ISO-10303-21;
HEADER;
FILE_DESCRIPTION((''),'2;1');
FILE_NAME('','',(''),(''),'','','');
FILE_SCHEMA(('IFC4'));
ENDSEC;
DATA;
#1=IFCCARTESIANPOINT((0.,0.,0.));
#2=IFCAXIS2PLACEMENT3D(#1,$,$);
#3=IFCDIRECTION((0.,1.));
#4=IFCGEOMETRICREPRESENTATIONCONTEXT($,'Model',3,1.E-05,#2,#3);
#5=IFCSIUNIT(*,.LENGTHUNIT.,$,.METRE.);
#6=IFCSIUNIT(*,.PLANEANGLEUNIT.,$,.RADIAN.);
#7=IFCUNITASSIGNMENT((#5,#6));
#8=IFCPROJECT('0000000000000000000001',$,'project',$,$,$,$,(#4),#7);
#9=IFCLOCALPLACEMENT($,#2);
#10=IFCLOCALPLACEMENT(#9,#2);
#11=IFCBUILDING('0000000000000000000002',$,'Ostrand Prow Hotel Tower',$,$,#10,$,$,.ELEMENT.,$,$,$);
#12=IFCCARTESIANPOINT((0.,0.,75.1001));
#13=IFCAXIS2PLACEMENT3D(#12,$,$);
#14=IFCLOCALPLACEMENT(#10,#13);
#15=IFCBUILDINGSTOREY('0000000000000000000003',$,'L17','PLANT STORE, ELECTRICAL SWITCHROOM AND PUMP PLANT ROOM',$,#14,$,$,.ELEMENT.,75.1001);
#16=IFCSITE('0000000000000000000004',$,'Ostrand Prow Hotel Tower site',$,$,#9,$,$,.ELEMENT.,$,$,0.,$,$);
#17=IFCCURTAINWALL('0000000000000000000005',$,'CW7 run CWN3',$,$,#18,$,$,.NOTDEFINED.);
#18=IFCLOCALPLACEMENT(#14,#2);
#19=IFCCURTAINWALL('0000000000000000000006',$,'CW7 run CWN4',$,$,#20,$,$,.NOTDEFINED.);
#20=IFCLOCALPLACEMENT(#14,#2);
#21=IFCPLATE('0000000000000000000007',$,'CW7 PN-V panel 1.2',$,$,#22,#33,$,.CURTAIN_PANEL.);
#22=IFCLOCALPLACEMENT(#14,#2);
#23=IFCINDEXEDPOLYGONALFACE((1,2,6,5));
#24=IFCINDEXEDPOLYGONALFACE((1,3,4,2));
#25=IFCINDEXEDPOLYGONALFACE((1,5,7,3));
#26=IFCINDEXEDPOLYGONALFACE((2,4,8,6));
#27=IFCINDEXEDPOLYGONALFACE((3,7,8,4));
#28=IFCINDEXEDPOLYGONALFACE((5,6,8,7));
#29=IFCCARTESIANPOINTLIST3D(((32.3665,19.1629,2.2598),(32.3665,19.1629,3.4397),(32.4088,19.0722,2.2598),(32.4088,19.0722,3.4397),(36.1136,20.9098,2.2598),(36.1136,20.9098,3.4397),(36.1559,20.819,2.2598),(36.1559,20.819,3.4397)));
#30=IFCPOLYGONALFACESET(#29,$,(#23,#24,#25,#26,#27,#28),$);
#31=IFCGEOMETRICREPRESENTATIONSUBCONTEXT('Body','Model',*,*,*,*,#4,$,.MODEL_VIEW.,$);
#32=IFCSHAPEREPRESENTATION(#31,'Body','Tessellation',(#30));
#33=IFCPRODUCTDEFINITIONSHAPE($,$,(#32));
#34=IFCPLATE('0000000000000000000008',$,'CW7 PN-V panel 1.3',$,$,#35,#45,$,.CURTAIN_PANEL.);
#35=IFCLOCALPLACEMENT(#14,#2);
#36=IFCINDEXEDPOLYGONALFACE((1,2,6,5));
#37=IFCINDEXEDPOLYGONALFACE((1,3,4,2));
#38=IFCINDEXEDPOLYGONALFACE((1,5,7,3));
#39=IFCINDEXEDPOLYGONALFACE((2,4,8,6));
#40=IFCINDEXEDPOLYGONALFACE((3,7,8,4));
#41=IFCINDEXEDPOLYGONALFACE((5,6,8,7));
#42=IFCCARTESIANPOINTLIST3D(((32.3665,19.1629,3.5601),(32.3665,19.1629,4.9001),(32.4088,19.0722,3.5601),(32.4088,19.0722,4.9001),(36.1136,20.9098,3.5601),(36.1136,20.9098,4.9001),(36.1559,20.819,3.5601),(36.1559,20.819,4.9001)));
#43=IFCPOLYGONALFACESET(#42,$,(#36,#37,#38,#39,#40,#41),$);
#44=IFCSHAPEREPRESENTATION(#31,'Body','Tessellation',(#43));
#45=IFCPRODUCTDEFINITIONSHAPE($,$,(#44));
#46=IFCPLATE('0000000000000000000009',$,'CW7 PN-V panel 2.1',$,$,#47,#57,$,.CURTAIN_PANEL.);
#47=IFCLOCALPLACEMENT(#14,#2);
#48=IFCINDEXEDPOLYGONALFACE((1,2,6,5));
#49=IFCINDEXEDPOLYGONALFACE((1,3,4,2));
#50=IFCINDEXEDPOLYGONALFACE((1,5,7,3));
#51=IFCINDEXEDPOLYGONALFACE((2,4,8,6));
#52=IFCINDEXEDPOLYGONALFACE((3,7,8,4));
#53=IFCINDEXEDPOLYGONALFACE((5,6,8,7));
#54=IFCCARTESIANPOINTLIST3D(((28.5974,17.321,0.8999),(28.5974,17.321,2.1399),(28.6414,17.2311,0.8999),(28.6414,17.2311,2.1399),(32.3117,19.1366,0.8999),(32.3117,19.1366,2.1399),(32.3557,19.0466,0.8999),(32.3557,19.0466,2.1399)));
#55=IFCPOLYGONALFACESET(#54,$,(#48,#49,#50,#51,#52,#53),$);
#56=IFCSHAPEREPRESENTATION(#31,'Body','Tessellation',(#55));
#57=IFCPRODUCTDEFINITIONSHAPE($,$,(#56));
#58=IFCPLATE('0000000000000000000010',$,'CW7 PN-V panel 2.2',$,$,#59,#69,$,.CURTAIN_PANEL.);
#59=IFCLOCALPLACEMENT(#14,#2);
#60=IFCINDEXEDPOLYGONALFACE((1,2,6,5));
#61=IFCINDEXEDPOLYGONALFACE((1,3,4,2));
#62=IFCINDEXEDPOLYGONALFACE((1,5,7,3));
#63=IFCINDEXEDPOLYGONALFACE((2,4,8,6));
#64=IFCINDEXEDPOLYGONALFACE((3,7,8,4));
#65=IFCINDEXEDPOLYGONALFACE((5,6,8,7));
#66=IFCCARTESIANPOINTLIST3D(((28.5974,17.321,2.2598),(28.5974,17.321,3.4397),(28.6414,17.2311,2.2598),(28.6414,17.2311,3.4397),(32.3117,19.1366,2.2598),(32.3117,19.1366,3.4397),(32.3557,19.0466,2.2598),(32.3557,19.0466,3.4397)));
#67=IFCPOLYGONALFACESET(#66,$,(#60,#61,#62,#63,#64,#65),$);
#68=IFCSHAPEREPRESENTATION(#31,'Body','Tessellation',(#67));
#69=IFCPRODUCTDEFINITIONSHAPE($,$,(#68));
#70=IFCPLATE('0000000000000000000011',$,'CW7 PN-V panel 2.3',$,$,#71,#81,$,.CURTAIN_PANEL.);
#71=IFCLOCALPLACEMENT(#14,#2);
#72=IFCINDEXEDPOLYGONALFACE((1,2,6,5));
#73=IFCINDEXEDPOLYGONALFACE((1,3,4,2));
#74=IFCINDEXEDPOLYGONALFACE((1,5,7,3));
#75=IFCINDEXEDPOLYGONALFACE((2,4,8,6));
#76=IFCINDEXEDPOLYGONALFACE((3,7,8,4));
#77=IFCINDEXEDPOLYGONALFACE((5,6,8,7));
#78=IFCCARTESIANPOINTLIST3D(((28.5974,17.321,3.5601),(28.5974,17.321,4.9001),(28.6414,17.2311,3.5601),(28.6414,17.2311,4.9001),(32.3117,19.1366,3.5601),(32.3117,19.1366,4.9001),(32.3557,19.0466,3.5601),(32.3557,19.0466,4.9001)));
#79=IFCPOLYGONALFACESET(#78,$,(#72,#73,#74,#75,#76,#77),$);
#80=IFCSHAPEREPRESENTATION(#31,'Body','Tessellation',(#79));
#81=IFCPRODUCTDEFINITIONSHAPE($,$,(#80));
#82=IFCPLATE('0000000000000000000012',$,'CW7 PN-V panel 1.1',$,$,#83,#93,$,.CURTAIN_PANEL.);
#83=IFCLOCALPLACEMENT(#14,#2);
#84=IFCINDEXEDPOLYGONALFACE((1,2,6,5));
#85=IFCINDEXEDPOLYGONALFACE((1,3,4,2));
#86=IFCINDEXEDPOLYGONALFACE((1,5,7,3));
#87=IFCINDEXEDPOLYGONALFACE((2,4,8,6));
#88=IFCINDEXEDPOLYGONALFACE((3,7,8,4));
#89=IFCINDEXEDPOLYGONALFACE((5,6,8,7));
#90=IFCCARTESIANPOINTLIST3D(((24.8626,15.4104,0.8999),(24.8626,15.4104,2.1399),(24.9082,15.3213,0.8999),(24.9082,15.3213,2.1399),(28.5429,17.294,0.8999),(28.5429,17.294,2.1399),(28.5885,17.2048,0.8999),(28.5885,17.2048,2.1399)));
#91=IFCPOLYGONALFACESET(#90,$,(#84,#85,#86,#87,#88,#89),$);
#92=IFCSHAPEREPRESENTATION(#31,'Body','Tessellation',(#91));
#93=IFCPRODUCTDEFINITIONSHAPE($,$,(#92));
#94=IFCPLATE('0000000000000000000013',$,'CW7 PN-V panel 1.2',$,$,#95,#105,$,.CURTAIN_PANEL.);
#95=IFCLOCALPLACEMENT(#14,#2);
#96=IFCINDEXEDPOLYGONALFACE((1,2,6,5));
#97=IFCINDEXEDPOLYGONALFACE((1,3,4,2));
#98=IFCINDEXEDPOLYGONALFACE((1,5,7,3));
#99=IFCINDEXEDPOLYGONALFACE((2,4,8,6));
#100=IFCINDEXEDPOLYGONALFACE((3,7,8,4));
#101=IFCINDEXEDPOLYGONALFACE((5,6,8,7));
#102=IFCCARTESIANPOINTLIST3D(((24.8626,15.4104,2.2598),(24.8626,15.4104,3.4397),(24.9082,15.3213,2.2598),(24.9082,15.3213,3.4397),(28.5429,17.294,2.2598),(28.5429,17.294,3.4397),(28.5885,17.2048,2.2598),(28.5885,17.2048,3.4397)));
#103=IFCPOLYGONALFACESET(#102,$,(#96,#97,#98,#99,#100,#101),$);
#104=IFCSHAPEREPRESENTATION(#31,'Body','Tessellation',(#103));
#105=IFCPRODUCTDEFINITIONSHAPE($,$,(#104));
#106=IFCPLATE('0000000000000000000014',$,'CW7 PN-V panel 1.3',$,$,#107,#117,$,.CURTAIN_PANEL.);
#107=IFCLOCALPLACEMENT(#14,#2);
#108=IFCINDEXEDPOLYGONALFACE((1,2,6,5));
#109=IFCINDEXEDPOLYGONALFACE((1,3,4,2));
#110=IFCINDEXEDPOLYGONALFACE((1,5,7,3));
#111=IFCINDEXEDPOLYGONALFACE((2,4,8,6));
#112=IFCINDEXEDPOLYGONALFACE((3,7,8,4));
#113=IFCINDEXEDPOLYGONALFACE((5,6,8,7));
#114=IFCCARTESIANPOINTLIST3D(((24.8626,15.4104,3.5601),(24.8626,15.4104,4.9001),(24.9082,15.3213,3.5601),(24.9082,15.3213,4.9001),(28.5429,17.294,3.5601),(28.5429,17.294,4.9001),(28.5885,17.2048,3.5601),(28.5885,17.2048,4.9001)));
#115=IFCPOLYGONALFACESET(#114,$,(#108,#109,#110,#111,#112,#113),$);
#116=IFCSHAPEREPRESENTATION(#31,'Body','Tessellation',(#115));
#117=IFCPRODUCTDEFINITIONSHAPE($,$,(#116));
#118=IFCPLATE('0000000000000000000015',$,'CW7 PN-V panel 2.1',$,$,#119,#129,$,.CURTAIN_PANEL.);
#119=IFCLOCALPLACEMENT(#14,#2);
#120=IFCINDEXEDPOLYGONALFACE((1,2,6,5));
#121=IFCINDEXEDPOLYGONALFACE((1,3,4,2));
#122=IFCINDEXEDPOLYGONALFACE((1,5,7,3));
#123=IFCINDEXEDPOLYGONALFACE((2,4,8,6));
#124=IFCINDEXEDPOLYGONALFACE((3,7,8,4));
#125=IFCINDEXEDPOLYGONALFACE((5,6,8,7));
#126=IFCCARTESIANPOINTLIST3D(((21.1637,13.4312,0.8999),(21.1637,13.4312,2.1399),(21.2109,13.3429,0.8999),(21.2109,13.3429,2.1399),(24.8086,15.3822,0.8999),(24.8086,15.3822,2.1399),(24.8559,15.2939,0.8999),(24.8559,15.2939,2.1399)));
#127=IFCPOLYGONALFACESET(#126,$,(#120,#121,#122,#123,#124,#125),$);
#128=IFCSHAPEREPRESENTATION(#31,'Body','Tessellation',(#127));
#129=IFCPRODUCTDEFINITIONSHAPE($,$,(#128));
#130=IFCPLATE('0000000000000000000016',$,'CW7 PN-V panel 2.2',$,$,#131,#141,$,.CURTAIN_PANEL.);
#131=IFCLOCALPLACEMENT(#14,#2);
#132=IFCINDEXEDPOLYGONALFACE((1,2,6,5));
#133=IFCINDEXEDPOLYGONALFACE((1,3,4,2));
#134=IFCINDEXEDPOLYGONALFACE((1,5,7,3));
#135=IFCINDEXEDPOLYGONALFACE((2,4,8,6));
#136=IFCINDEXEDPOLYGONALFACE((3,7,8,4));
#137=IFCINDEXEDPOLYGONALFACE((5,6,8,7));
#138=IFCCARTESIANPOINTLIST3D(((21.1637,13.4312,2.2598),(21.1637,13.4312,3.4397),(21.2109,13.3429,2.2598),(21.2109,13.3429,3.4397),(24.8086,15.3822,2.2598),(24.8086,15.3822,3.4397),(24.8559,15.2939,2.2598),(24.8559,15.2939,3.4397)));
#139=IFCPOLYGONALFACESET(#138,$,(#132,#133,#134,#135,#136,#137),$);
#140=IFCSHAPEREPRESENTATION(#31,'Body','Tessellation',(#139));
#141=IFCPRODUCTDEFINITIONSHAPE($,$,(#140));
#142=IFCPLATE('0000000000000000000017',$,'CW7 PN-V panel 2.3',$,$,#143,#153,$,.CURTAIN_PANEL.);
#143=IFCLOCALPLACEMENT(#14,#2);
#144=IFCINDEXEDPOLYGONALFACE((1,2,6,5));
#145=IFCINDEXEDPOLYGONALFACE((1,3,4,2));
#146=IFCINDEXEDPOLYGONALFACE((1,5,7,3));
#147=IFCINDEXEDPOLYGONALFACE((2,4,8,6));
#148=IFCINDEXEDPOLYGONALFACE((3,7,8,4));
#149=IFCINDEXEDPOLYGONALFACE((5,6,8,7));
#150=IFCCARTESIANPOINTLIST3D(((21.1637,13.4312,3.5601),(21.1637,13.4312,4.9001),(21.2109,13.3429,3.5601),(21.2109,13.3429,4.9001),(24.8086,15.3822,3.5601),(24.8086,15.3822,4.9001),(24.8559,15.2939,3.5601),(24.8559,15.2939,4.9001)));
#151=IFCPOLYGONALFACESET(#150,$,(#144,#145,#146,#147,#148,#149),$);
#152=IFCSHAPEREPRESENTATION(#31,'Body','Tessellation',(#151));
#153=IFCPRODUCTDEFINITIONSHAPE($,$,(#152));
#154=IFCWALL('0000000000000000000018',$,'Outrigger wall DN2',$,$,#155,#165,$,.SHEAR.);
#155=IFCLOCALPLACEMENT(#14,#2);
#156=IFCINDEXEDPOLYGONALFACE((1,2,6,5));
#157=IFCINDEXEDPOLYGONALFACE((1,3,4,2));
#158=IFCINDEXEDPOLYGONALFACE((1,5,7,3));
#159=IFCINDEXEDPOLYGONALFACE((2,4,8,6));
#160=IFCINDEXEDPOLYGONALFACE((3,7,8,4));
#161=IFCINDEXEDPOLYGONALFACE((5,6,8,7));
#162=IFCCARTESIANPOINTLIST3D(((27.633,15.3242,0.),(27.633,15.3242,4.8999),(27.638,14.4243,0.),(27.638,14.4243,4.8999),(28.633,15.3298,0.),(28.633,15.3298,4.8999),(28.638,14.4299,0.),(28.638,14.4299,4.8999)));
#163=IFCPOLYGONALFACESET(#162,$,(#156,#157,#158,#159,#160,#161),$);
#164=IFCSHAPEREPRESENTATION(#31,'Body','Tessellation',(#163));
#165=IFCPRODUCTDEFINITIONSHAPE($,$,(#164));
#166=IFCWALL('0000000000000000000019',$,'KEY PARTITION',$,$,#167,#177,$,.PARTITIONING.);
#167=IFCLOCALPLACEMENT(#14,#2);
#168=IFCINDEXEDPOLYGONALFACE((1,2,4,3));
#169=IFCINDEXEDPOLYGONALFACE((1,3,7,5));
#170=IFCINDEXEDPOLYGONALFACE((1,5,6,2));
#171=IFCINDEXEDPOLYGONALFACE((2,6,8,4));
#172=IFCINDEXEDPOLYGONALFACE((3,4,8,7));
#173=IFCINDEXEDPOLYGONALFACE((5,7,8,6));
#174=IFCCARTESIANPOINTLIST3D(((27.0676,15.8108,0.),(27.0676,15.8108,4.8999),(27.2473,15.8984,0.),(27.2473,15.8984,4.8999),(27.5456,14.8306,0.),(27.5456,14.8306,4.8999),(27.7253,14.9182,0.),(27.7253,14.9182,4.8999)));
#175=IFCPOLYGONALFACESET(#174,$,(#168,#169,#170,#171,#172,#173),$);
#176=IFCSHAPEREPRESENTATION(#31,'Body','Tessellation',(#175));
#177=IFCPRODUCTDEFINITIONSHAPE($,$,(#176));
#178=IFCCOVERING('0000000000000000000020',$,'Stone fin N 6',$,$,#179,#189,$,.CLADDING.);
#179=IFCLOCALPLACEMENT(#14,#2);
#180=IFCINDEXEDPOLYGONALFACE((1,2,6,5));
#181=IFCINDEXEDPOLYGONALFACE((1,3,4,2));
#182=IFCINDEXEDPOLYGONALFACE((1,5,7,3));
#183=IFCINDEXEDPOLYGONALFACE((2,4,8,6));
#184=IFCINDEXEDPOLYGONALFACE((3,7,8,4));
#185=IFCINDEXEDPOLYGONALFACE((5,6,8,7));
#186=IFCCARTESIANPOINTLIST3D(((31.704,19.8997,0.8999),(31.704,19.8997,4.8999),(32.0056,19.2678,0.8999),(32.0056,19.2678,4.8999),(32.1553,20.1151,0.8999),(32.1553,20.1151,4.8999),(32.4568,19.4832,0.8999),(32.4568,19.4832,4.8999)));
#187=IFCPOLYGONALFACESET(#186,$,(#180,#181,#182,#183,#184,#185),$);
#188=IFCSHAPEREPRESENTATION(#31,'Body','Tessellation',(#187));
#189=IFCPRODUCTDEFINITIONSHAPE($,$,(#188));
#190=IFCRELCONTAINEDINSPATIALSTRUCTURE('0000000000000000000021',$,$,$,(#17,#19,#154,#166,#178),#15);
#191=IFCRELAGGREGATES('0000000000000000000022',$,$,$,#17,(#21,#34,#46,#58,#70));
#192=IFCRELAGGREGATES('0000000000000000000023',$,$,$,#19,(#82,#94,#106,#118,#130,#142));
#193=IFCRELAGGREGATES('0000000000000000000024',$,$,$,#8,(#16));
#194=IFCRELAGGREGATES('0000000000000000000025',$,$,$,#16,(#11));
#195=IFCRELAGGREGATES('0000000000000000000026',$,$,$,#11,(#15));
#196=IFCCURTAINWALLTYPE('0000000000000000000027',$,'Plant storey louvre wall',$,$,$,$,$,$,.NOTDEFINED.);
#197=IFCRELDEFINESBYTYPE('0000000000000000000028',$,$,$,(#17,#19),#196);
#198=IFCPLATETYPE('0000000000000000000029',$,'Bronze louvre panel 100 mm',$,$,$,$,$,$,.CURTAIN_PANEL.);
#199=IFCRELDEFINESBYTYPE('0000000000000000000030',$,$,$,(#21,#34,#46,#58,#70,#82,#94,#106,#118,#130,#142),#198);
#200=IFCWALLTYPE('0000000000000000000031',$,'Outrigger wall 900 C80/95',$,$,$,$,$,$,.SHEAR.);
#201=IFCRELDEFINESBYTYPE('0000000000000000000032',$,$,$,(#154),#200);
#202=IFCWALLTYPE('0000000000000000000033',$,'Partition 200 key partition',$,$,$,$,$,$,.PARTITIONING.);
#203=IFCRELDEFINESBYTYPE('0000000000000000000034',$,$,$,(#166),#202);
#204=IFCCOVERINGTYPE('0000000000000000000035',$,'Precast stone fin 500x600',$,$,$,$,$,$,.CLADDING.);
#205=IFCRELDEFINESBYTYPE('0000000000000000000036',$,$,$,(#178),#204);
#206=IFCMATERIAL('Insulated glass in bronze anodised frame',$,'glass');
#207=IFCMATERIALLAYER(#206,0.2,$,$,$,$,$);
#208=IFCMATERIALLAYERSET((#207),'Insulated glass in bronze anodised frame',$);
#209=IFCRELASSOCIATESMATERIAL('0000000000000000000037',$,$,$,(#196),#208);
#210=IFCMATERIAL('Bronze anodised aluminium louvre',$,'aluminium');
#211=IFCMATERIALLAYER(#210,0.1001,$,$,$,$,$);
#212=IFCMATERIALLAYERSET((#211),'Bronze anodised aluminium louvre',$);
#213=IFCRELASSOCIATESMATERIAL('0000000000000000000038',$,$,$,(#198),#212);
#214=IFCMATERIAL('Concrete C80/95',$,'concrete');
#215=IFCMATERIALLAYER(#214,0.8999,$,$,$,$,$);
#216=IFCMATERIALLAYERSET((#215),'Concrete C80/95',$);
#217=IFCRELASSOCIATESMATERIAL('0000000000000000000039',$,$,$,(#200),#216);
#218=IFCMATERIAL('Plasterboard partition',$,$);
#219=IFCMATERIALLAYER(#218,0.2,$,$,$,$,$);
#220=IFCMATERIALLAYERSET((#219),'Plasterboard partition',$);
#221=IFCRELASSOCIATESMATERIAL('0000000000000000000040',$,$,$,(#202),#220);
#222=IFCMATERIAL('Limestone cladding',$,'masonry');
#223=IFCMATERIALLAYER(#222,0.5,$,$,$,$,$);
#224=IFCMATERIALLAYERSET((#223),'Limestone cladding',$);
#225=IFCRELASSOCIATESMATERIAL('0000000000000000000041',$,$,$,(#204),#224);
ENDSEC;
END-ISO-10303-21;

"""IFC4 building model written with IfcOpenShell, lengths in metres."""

from ifc_helpers import new_model, si_unit, direction, frame, frame_2d, origin, origin_2d, place, context, subcontext, project, spatial, rectangle, extrude, material, layer, layer_set, type_object, element, aggregate, save


model = new_model("IFC4")

# Units and contexts
model_context = context("Model", 3, precision=1e-05, world=origin(), true_north=direction((0.0, 1.0)))
body_context = subcontext(model_context, "Body", "Model", "MODEL_VIEW")
ifc_project = project(units=[si_unit("LENGTHUNIT", "METRE"), si_unit("PLANEANGLEUNIT", "RADIAN")], contexts=[model_context])

# Site, building, storey
site_placement = place(None, origin())
site = spatial("IfcSite", under=ifc_project, at=site_placement, Name="Ostrand Prow Hotel Tower site", CompositionType="ELEMENT", RefElevation=0.0)
building_placement = place(site_placement, origin())
building = spatial("IfcBuilding", under=site, at=building_placement, Name="Ostrand Prow Hotel Tower", CompositionType="ELEMENT")
storey_placement = place(building_placement, frame((0.0, 0.0, 75.1001)))
storey = spatial("IfcBuildingStorey", under=building, at=storey_placement, Name="L17", Description="PLANT STORE, ELECTRICAL SWITCHROOM AND PUMP PLANT ROOM", CompositionType="ELEMENT", Elevation=75.1001)

# Curtain wall
ifc_material_1 = material(Name="Insulated glass in bronze anodised frame", Category="glass")
ifc_layer_1 = layer(ifc_material_1, 0.2)
ifc_layer_set_1 = layer_set([ifc_layer_1], Name="Insulated glass in bronze anodised frame")
curtain_wall_type = type_object("IfcCurtainWallType", Name="Plant storey louvre wall", PredefinedType="NOTDEFINED", material=ifc_layer_set_1)
curtain_wall_1_placement = place(storey_placement, origin())
curtain_wall_1 = element("IfcCurtainWall", 1, at=curtain_wall_1_placement, inside=storey, type_object=curtain_wall_type, Name="CW7 run CWN3", PredefinedType="NOTDEFINED")

# Curtain wall
curtain_wall_2_placement = place(storey_placement, origin())
curtain_wall_2 = element("IfcCurtainWall", 2, at=curtain_wall_2_placement, inside=storey, type_object=curtain_wall_type, Name="CW7 run CWN4", PredefinedType="NOTDEFINED")

# Plates
ifc_material_2 = material(Name="Bronze anodised aluminium louvre", Category="aluminium")
ifc_layer_2 = layer(ifc_material_2, 0.1001)
ifc_layer_set_2 = layer_set([ifc_layer_2], Name="Bronze anodised aluminium louvre")
plate_type = type_object("IfcPlateType", Name="Bronze louvre panel 100 mm", PredefinedType="CURTAIN_PANEL", material=ifc_layer_set_2)
plate_1_placement = place(storey_placement, frame((34.2612, 19.991, 2.2598), z_axis=(0.0, 0.0, 1.0), x_axis=(-0.906349, -0.42253, 0.0)))
plate_1 = element("IfcPlate", 3, at=plate_1_placement, type_object=plate_type, Name="CW7 PN-V panel 1.2", PredefinedType="CURTAIN_PANEL", context=body_context, shape_type="SweptSolid", body=[
    extrude(rectangle(XDim=4.1343, YDim=0.1001, at=origin_2d()), origin(), (0.0, 0.0, 1.0), 1.1799),
])
plate_2_placement = place(storey_placement, frame((34.2612, 19.991, 3.5601), z_axis=(0.0, 0.0, 1.0), x_axis=(-0.906349, -0.42253, 0.0)))
plate_2 = element("IfcPlate", 4, at=plate_2_placement, type_object=plate_type, Name="CW7 PN-V panel 1.3", PredefinedType="CURTAIN_PANEL", context=body_context, shape_type="SweptSolid", body=[
    extrude(rectangle(XDim=4.1343, YDim=0.1001, at=origin_2d()), origin(), (0.0, 0.0, 1.0), 1.3401),
])
plate_3_placement = place(storey_placement, frame((30.4766, 18.1838, 0.8999), z_axis=(0.0, 0.0, 1.0), x_axis=(-0.89842, -0.439138, 0.0)))
plate_3 = element("IfcPlate", 5, at=plate_3_placement, type_object=plate_type, Name="CW7 PN-V panel 2.1", PredefinedType="CURTAIN_PANEL", context=body_context, shape_type="SweptSolid", body=[
    extrude(rectangle(XDim=4.1343, YDim=0.1001, at=origin_2d()), origin(), (0.0, 0.0, 1.0), 1.24),
])
plate_4_placement = place(storey_placement, frame((30.4766, 18.1838, 2.2598), z_axis=(0.0, 0.0, 1.0), x_axis=(-0.89842, -0.439138, 0.0)))
plate_4 = element("IfcPlate", 6, at=plate_4_placement, type_object=plate_type, Name="CW7 PN-V panel 2.2", PredefinedType="CURTAIN_PANEL", context=body_context, shape_type="SweptSolid", body=[
    extrude(rectangle(XDim=4.1343, YDim=0.1001, at=origin_2d()), origin(), (0.0, 0.0, 1.0), 1.1799),
])
plate_5_placement = place(storey_placement, frame((30.4766, 18.1838, 3.5601), z_axis=(0.0, 0.0, 1.0), x_axis=(-0.89842, -0.439138, 0.0)))
plate_5 = element("IfcPlate", 7, at=plate_5_placement, type_object=plate_type, Name="CW7 PN-V panel 2.3", PredefinedType="CURTAIN_PANEL", context=body_context, shape_type="SweptSolid", body=[
    extrude(rectangle(XDim=4.1343, YDim=0.1001, at=origin_2d()), origin(), (0.0, 0.0, 1.0), 1.3401),
])
aggregate(curtain_wall_1, [plate_1, plate_2, plate_3, plate_4, plate_5])
plate_6_placement = place(storey_placement, frame((26.7256, 16.3076, 0.8999), z_axis=(0.0, 0.0, 1.0), x_axis=(-0.890187, -0.455596, 0.0)))
plate_6 = element("IfcPlate", 8, at=plate_6_placement, type_object=plate_type, Name="CW7 PN-V panel 1.1", PredefinedType="CURTAIN_PANEL", context=body_context, shape_type="SweptSolid", body=[
    extrude(rectangle(XDim=4.1343, YDim=0.1001, at=origin_2d()), origin(), (0.0, 0.0, 1.0), 1.24),
])
plate_7_placement = place(storey_placement, frame((26.7256, 16.3076, 2.2598), z_axis=(0.0, 0.0, 1.0), x_axis=(-0.890187, -0.455596, 0.0)))
plate_7 = element("IfcPlate", 9, at=plate_7_placement, type_object=plate_type, Name="CW7 PN-V panel 1.2", PredefinedType="CURTAIN_PANEL", context=body_context, shape_type="SweptSolid", body=[
    extrude(rectangle(XDim=4.1343, YDim=0.1001, at=origin_2d()), origin(), (0.0, 0.0, 1.0), 1.1799),
])
plate_8_placement = place(storey_placement, frame((26.7256, 16.3076, 3.5601), z_axis=(0.0, 0.0, 1.0), x_axis=(-0.890187, -0.455596, 0.0)))
plate_8 = element("IfcPlate", 10, at=plate_8_placement, type_object=plate_type, Name="CW7 PN-V panel 1.3", PredefinedType="CURTAIN_PANEL", context=body_context, shape_type="SweptSolid", body=[
    extrude(rectangle(XDim=4.1343, YDim=0.1001, at=origin_2d()), origin(), (0.0, 0.0, 1.0), 1.3401),
])
plate_9_placement = place(storey_placement, frame((23.0098, 14.3625, 0.8999), z_axis=(0.0, 0.0, 1.0), x_axis=(-0.881652, -0.4719, 0.0)))
plate_9 = element("IfcPlate", 11, at=plate_9_placement, type_object=plate_type, Name="CW7 PN-V panel 2.1", PredefinedType="CURTAIN_PANEL", context=body_context, shape_type="SweptSolid", body=[
    extrude(rectangle(XDim=4.1343, YDim=0.1001, at=origin_2d()), origin(), (0.0, 0.0, 1.0), 1.24),
])
plate_10_placement = place(storey_placement, frame((23.0098, 14.3625, 2.2598), z_axis=(0.0, 0.0, 1.0), x_axis=(-0.881652, -0.4719, 0.0)))
plate_10 = element("IfcPlate", 12, at=plate_10_placement, type_object=plate_type, Name="CW7 PN-V panel 2.2", PredefinedType="CURTAIN_PANEL", context=body_context, shape_type="SweptSolid", body=[
    extrude(rectangle(XDim=4.1343, YDim=0.1001, at=origin_2d()), origin(), (0.0, 0.0, 1.0), 1.1799),
])
plate_11_placement = place(storey_placement, frame((23.0098, 14.3625, 3.5601), z_axis=(0.0, 0.0, 1.0), x_axis=(-0.881652, -0.4719, 0.0)))
plate_11 = element("IfcPlate", 13, at=plate_11_placement, type_object=plate_type, Name="CW7 PN-V panel 2.3", PredefinedType="CURTAIN_PANEL", context=body_context, shape_type="SweptSolid", body=[
    extrude(rectangle(XDim=4.1343, YDim=0.1001, at=origin_2d()), origin(), (0.0, 0.0, 1.0), 1.3401),
])
aggregate(curtain_wall_2, [plate_6, plate_7, plate_8, plate_9, plate_10, plate_11])

# Walls
ifc_material_3 = material(Name="Concrete C80/95", Category="concrete")
ifc_layer_3 = layer(ifc_material_3, 0.8999)
ifc_layer_set_3 = layer_set([ifc_layer_3], Name="Concrete C80/95")
wall_type_1 = type_object("IfcWallType", Name="Outrigger wall 900 C80/95", PredefinedType="SHEAR", material=ifc_layer_set_3)
wall_1_placement = place(storey_placement, frame((28.6355, 14.8799, 0.0), z_axis=(0.0, 0.0, 1.0), x_axis=(-0.999984, -0.005615, 0.0)))
element("IfcWall", 14, at=wall_1_placement, inside=storey, type_object=wall_type_1, Name="Outrigger wall DN2", PredefinedType="SHEAR", context=body_context, shape_type="SweptSolid", body=[
    extrude(rectangle(XDim=1.0, YDim=0.8999, at=frame_2d((0.5, 0.0))), origin(), (0.0, 0.0, 1.0), 4.8999),
])
ifc_material_4 = material(Name="Plasterboard partition")
ifc_layer_4 = layer(ifc_material_4, 0.2)
ifc_layer_set_4 = layer_set([ifc_layer_4], Name="Plasterboard partition")
wall_type_2 = type_object("IfcWallType", Name="Partition 200 key partition", PredefinedType="PARTITIONING", material=ifc_layer_set_4)
wall_2_placement = place(storey_placement, frame((27.6355, 14.8743, 0.0), z_axis=(0.0, 0.0, 1.0), x_axis=(-0.438327, 0.898816, 0.0)))
element("IfcWall", 15, at=wall_2_placement, inside=storey, type_object=wall_type_2, Name="KEY PARTITION", PredefinedType="PARTITIONING", context=body_context, shape_type="SweptSolid", body=[
    extrude(rectangle(XDim=1.0906, YDim=0.2, at=frame_2d((0.5454, 0.0))), origin(), (0.0, 0.0, 1.0), 4.8999),
])

# Covering
ifc_material_5 = material(Name="Limestone cladding", Category="masonry")
ifc_layer_5 = layer(ifc_material_5, 0.5)
ifc_layer_set_5 = layer_set([ifc_layer_5], Name="Limestone cladding")
covering_type = type_object("IfcCoveringType", Name="Precast stone fin 500x600", PredefinedType="CLADDING", material=ifc_layer_set_5)
covering_1_placement = place(storey_placement, frame((32.2312, 19.3755, 0.8999), z_axis=(0.0, 0.0, 1.0), x_axis=(-0.430678, 0.902506, 0.0)))
element("IfcCovering", 16, at=covering_1_placement, inside=storey, type_object=covering_type, Name="Stone fin N 6", PredefinedType="CLADDING", context=body_context, shape_type="SweptSolid", body=[
    extrude(rectangle(XDim=0.7002, YDim=0.5, at=frame_2d((0.3501, 0.0))), origin(), (0.0, 0.0, 1.0), 4.0),
])

save(model, "model.ifc")
